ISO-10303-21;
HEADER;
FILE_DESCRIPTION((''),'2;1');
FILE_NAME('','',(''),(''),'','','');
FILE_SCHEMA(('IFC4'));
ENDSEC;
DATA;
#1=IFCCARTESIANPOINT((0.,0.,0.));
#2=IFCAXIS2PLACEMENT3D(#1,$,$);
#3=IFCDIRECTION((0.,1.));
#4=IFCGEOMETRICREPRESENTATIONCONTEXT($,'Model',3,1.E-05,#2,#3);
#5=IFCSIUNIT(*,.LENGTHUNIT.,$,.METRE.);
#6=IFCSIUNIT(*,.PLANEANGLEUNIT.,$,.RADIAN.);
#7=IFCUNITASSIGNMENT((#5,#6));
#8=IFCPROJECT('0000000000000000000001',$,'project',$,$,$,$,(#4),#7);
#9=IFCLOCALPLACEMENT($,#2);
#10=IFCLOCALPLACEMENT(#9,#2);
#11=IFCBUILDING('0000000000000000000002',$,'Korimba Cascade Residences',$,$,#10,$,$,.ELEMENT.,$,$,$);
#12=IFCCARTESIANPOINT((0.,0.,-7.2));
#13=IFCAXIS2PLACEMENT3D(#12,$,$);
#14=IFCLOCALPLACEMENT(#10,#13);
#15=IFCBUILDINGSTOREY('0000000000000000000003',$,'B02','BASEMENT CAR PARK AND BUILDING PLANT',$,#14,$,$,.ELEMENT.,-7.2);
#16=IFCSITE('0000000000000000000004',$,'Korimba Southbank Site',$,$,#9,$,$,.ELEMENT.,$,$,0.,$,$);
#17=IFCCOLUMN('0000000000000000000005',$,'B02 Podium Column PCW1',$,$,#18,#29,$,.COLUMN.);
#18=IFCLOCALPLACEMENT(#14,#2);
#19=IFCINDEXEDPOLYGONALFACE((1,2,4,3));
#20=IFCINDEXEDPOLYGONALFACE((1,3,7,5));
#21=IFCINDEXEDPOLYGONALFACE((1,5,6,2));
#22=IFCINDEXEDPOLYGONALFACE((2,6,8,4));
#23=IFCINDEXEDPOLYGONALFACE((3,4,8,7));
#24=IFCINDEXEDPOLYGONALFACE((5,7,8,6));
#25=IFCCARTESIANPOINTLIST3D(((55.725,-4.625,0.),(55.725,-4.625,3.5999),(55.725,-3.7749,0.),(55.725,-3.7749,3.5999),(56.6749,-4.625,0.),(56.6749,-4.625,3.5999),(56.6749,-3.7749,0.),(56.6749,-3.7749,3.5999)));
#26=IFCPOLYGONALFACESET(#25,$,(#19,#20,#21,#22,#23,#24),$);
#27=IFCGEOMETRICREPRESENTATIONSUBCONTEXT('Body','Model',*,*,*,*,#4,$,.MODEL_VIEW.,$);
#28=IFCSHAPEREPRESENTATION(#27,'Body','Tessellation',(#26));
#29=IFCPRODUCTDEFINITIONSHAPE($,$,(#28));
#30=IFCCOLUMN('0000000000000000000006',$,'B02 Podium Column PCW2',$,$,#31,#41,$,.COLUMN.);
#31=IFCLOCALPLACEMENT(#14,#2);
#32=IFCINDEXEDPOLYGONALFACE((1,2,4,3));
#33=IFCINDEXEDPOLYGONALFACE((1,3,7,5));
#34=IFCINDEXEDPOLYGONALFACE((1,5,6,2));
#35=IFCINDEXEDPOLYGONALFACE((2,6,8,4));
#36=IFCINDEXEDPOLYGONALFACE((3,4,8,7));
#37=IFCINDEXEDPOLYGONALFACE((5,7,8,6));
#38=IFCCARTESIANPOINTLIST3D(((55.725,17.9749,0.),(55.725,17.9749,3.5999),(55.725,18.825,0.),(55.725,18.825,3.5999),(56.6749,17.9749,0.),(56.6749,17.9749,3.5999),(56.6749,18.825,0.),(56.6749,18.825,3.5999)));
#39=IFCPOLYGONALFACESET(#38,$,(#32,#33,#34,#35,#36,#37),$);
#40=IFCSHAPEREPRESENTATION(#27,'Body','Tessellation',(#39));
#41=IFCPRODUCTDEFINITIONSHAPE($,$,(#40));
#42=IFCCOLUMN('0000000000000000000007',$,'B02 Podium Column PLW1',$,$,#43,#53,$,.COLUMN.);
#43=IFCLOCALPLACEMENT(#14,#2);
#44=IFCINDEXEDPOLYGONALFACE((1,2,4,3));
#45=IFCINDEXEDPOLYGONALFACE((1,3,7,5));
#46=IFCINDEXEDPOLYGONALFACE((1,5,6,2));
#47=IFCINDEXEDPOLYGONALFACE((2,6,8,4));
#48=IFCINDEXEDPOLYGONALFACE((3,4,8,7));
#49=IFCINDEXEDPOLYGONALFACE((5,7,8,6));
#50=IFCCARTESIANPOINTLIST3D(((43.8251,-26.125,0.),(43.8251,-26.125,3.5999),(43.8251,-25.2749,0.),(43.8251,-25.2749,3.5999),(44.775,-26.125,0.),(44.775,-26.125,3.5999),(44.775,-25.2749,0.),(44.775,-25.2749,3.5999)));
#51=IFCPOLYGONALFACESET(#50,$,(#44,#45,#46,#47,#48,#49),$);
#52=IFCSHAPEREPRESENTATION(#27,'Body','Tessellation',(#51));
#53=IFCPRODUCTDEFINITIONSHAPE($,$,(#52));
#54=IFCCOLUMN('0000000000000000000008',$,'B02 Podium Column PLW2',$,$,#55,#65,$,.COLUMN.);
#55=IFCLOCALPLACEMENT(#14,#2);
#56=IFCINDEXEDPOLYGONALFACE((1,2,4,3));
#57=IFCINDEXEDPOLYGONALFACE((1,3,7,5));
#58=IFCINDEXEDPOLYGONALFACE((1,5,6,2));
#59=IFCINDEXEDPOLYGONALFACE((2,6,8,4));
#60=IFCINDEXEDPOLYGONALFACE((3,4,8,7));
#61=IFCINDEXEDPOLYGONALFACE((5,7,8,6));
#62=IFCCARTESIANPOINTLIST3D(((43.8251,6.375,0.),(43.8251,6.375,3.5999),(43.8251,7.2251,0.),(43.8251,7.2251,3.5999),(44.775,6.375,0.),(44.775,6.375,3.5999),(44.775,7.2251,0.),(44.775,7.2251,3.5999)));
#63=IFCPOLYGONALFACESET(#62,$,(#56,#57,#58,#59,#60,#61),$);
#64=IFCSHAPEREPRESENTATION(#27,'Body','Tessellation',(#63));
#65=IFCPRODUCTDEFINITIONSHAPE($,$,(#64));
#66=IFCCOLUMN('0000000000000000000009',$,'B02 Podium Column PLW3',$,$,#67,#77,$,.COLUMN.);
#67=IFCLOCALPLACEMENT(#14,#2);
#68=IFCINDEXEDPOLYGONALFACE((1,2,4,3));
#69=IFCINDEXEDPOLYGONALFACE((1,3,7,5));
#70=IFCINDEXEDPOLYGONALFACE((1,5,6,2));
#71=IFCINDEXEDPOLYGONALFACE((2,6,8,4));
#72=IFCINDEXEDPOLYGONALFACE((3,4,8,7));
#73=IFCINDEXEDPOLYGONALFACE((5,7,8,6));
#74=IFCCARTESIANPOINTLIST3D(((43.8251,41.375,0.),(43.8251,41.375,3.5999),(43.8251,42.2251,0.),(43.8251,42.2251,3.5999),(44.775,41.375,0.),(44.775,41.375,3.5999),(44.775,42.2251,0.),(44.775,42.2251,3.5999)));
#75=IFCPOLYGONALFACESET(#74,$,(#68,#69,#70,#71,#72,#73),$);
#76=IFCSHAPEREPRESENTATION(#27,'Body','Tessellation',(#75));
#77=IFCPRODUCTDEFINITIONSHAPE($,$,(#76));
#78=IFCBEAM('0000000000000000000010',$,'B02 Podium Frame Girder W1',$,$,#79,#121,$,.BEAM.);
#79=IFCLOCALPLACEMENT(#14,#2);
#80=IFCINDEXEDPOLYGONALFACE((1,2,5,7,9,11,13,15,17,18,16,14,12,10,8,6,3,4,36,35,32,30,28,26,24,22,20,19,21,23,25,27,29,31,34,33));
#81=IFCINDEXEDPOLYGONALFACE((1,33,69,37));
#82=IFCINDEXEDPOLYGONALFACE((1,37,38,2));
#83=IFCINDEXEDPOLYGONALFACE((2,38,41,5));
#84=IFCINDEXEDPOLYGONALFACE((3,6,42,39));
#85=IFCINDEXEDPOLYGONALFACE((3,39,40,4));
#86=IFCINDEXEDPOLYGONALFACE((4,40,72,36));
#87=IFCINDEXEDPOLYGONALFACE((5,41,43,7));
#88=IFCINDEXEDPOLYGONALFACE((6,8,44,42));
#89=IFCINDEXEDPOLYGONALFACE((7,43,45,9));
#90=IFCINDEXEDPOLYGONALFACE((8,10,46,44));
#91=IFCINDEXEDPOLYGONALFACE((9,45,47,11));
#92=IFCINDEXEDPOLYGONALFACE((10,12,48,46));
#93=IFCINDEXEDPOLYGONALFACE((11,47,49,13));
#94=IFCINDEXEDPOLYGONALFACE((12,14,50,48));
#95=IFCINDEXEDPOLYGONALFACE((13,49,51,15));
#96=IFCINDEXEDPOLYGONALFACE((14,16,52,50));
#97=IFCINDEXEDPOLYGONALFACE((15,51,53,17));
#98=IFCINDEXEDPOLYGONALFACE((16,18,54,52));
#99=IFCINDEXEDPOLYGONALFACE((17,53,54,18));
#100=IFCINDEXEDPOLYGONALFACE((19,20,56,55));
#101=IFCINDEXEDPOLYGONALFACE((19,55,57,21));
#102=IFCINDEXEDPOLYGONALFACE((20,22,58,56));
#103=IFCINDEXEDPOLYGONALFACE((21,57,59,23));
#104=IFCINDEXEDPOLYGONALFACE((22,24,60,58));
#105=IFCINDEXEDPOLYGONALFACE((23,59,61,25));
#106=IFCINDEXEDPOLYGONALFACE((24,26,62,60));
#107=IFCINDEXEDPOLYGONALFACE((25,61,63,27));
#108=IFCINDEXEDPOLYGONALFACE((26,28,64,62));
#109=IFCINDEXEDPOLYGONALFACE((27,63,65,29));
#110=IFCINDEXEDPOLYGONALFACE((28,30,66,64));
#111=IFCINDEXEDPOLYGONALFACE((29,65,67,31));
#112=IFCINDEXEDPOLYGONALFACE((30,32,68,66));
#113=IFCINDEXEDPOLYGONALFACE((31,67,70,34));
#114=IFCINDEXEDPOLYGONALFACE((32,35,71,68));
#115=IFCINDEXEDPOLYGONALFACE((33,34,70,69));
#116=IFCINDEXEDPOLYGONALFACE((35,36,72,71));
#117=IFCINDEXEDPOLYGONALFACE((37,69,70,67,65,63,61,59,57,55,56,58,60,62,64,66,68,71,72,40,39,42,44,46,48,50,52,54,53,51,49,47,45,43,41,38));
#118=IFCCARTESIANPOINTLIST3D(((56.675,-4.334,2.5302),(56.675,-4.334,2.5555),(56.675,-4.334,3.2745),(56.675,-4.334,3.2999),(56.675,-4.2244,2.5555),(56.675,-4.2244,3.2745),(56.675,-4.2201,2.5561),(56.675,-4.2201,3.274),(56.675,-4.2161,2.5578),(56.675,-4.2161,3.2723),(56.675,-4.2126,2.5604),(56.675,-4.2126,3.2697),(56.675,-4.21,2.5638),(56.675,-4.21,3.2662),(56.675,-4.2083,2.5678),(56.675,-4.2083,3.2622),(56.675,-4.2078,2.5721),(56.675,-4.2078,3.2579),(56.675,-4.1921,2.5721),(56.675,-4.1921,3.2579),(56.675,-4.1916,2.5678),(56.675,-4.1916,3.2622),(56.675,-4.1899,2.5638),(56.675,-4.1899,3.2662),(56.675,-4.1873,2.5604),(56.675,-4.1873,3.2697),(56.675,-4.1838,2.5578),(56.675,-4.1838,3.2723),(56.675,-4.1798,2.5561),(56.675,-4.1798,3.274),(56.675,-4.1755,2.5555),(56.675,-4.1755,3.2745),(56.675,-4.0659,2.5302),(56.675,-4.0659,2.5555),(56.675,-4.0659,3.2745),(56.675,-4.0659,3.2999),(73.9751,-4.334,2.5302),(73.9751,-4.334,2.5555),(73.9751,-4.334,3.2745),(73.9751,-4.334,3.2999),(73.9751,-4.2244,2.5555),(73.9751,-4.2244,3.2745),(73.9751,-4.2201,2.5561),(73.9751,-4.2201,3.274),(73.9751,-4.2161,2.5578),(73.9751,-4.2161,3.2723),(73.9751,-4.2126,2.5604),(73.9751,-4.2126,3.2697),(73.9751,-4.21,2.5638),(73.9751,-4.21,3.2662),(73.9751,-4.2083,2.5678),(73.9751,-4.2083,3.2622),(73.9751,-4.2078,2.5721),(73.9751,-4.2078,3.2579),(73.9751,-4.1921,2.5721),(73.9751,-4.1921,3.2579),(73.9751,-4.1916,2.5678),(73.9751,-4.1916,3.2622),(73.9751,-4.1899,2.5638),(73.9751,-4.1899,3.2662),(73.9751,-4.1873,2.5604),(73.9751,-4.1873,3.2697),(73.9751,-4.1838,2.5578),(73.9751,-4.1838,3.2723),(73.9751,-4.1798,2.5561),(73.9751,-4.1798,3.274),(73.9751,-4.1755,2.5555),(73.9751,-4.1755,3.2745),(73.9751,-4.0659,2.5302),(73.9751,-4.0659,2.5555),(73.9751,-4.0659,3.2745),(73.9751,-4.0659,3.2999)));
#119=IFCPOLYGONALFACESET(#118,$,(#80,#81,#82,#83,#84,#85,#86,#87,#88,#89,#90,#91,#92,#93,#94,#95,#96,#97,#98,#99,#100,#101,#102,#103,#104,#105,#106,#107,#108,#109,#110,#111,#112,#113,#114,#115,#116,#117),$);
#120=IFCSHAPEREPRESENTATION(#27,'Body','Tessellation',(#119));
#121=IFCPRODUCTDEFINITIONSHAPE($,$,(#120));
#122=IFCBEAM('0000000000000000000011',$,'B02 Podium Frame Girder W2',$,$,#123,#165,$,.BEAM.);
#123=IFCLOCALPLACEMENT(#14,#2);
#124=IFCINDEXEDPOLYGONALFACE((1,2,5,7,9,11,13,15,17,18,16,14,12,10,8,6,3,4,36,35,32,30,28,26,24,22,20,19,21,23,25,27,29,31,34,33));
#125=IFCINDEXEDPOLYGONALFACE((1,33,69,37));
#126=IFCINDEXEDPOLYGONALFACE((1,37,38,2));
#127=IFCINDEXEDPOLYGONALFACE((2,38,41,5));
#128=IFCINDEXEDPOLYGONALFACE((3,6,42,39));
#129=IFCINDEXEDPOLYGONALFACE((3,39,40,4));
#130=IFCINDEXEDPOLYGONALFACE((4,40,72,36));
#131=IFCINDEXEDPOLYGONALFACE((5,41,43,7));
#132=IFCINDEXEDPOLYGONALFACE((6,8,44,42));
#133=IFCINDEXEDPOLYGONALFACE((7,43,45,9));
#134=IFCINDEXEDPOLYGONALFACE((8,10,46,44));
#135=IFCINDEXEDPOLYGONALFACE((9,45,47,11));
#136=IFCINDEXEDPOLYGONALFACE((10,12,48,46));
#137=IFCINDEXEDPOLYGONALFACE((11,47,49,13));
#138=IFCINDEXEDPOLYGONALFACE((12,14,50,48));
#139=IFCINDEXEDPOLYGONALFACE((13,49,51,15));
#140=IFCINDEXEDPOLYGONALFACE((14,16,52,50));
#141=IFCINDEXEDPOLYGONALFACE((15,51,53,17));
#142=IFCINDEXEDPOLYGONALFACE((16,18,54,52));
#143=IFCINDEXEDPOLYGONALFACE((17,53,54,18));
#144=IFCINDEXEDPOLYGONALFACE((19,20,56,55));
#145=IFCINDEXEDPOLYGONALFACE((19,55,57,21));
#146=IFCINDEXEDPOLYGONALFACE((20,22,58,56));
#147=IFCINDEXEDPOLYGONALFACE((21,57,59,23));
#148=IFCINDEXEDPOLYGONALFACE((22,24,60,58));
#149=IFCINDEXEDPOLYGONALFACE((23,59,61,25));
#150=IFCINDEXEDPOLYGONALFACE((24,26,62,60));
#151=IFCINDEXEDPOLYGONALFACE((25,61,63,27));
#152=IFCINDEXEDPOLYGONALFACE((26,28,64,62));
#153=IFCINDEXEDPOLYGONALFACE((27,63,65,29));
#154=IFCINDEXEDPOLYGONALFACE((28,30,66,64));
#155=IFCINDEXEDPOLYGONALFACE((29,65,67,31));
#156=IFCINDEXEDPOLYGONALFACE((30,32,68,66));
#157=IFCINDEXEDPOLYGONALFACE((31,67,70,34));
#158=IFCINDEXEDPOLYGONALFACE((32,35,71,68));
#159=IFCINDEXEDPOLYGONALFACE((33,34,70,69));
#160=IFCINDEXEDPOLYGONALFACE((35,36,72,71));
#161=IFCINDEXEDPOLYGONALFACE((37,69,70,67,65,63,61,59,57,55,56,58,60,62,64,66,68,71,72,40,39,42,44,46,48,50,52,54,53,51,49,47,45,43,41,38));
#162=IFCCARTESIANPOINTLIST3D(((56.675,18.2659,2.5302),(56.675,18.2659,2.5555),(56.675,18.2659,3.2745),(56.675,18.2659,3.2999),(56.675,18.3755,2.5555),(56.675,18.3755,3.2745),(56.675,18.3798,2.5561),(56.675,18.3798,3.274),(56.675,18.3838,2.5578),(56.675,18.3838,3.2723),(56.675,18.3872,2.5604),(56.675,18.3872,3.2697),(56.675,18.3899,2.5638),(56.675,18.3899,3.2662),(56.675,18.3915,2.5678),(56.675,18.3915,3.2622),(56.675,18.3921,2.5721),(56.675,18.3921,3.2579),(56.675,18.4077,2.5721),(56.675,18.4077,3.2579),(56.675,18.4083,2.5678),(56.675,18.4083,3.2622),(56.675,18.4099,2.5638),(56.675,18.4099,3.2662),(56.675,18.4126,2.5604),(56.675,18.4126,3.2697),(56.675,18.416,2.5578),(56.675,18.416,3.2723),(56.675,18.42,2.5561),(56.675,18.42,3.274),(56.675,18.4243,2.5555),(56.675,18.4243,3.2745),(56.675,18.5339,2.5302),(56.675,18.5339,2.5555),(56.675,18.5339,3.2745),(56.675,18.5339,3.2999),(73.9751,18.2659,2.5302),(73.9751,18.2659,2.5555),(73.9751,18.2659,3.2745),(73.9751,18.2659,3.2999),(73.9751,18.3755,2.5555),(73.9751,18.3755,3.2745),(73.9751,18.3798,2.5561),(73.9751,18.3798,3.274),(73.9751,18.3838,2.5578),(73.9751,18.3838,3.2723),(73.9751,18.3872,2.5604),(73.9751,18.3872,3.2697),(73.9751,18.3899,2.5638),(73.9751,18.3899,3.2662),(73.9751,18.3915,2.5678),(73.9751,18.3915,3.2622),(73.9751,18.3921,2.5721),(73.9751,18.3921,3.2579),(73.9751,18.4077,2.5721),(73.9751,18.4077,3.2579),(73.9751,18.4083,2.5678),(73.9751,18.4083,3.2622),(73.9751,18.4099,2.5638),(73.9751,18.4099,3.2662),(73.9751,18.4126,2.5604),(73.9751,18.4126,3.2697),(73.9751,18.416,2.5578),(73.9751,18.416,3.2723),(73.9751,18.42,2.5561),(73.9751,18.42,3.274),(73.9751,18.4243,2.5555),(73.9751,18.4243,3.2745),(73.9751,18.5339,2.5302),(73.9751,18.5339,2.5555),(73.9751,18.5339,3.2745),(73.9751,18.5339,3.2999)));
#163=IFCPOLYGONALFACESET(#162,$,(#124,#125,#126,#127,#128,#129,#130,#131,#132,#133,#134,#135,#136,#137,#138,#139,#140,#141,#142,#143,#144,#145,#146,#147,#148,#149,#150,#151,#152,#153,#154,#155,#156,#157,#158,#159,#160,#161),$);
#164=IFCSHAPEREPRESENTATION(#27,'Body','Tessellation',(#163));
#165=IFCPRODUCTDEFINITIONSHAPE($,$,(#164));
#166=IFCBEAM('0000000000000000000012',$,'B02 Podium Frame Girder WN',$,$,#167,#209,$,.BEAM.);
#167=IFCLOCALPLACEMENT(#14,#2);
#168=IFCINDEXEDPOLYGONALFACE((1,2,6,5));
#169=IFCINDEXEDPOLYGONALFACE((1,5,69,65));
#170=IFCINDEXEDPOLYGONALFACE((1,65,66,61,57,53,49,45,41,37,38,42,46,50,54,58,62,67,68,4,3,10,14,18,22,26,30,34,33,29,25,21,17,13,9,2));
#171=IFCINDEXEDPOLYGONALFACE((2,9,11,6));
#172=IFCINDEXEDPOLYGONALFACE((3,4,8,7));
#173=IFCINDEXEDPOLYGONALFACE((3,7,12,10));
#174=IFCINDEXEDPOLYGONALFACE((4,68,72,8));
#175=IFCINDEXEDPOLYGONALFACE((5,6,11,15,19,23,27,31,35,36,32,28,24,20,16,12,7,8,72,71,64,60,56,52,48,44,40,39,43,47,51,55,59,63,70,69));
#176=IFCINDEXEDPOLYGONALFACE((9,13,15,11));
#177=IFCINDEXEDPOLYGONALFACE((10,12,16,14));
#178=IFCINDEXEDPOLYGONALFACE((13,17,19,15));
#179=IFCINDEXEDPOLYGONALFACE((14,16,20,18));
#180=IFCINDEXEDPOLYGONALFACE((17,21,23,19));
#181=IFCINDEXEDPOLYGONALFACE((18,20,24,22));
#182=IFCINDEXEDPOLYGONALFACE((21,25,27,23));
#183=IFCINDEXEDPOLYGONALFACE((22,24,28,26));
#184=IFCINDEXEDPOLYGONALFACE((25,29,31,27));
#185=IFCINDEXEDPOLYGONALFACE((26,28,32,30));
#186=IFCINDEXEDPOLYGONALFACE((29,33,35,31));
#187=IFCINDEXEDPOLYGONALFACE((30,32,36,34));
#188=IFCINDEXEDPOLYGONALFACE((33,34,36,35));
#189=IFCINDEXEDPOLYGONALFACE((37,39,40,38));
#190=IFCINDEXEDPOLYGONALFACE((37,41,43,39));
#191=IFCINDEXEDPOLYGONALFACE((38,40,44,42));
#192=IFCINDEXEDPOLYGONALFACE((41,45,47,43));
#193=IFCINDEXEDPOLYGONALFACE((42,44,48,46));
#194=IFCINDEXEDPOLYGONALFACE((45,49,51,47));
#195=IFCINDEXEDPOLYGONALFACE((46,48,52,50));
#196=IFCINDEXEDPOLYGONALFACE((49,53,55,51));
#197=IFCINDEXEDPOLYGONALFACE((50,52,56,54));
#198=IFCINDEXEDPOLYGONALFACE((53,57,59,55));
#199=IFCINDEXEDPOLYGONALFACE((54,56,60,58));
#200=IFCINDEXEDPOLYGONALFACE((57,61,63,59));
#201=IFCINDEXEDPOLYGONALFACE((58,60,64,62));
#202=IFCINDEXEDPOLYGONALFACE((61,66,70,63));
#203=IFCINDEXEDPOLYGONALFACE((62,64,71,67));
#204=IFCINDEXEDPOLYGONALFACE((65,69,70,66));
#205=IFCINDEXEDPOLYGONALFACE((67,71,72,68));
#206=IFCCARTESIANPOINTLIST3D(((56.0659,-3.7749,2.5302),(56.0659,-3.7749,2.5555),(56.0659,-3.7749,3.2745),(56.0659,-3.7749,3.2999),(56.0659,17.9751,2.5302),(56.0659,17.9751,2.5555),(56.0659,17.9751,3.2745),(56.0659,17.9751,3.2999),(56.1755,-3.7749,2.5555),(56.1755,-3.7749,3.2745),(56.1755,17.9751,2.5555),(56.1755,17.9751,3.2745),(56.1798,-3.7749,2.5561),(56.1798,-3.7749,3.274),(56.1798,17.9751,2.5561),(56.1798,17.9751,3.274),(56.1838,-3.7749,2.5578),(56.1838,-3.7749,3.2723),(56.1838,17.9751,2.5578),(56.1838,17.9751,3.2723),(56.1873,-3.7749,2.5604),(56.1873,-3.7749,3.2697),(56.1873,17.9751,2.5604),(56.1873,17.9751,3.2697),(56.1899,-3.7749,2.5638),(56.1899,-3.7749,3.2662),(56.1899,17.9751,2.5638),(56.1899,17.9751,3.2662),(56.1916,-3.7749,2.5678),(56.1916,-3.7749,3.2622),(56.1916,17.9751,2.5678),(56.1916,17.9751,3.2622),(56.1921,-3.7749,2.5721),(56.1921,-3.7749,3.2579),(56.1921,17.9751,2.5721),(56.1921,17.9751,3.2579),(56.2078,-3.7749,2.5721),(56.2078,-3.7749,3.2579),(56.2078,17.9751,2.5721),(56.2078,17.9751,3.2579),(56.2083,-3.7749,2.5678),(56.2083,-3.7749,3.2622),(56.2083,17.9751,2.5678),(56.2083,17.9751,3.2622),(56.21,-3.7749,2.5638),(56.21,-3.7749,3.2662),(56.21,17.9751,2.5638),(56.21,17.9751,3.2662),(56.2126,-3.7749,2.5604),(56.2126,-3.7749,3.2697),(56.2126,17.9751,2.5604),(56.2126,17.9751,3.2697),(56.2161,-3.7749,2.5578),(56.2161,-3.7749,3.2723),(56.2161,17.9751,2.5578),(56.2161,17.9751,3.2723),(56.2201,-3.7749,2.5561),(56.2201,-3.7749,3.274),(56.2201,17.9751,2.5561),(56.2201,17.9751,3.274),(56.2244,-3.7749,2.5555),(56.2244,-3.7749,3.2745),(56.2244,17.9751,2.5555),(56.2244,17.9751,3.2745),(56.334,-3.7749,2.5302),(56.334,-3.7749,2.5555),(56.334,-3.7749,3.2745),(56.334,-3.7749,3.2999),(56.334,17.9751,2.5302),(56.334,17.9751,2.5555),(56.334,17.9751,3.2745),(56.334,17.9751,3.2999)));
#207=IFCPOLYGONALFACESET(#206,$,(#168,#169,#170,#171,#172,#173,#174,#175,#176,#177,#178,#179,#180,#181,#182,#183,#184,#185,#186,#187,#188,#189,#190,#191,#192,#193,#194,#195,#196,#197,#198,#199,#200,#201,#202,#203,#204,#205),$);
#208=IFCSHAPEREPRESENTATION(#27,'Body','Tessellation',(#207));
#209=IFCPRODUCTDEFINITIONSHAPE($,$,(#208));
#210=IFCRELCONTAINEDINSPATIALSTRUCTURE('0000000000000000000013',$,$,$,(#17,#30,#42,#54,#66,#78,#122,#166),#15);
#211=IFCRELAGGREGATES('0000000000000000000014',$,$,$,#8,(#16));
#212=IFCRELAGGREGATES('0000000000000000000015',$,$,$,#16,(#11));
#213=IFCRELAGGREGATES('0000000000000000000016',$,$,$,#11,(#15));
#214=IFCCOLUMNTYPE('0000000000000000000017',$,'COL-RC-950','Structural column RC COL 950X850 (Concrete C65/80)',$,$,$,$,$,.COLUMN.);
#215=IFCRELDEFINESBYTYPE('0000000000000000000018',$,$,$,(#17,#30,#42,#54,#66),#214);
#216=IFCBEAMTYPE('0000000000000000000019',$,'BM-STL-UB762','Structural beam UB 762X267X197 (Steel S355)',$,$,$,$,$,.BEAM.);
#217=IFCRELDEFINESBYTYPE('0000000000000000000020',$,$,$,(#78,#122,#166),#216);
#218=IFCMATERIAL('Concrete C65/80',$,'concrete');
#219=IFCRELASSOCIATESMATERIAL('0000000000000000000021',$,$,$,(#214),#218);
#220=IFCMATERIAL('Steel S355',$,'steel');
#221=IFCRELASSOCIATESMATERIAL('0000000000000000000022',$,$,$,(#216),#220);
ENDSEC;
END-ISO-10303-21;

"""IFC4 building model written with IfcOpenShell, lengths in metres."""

from ifc_helpers import new_model, si_unit, direction, frame, origin, origin_2d, place, context, subcontext, project, spatial, rectangle, i_section, extrude, material, material_profile, profile_set, type_object, element, save


model = new_model("IFC4")

# Units and contexts
model_context = context("Model", 3, precision=1e-05, world=origin(), true_north=direction((0.0, 1.0)))
body_context = subcontext(model_context, "Body", "Model", "MODEL_VIEW")
ifc_project = project(units=[si_unit("LENGTHUNIT", "METRE"), si_unit("PLANEANGLEUNIT", "RADIAN")], contexts=[model_context])

# Site, building, storey
site_placement = place(None, origin())
site = spatial("IfcSite", under=ifc_project, at=site_placement, Name="Korimba Southbank Site", CompositionType="ELEMENT", RefElevation=0.0)
building_placement = place(site_placement, origin())
building = spatial("IfcBuilding", under=site, at=building_placement, Name="Korimba Cascade Residences", CompositionType="ELEMENT")
storey_placement = place(building_placement, frame((0.0, 0.0, -7.2)))
storey = spatial("IfcBuildingStorey", under=building, at=storey_placement, Name="B02", Description="BASEMENT CAR PARK AND BUILDING PLANT", CompositionType="ELEMENT", Elevation=-7.2)

# Columns
ifc_material_1 = material(Name="Concrete C65/80", Category="concrete")
ifc_material_profile_1 = material_profile(ifc_material_1, rectangle(XDim=0.95, YDim=0.8501, at=origin_2d()), Name="Concrete C65/80")
ifc_profile_set_1 = profile_set([ifc_material_profile_1], Name="Concrete C65/80")
column_type = type_object("IfcColumnType", Name="COL-RC-950", Description="Structural column RC COL 950X850 (Concrete C65/80)", PredefinedType="COLUMN", material=ifc_profile_set_1)
for number, where, z_axis, x_axis, name in (
    (1, (56.2, -4.2, 0.0), (0.0, 0.0, 1.0), (1.0, 0.0, 0.0), "B02 Podium Column PCW1"),
    (2, (56.2, 18.3999, 0.0), (0.0, 0.0, 1.0), (1.0, 0.0, 0.0), "B02 Podium Column PCW2"),
    (3, (44.3, -25.7, 0.0), (0.0, 0.0, 1.0), (1.0, 0.0, 0.0), "B02 Podium Column PLW1"),
    (4, (44.3, 6.8, 0.0), (0.0, 0.0, 1.0), (1.0, 0.0, 0.0), "B02 Podium Column PLW2"),
    (5, (44.3, 41.8, 0.0), (0.0, 0.0, 1.0), (1.0, 0.0, 0.0), "B02 Podium Column PLW3"),
):
    element("IfcColumn", number, at=place(storey_placement, frame(where, z_axis=z_axis, x_axis=x_axis)), inside=storey, type_object=column_type, Name=name, PredefinedType="COLUMN", context=body_context, shape_type="SweptSolid", body=[
        extrude(rectangle(XDim=0.95, YDim=0.8501, at=origin_2d()), origin(), (0.0, 0.0, 1.0), 3.5999),
    ])

# Beams
ifc_material_2 = material(Name="Steel S355", Category="steel")
ifc_material_profile_2 = material_profile(ifc_material_2, i_section(OverallWidth=0.2681, OverallDepth=0.7698, WebThickness=0.0156, FlangeThickness=0.0254, FilletRadius=0.0166, at=origin_2d()), Name="Steel S355")
ifc_profile_set_2 = profile_set([ifc_material_profile_2], Name="Steel S355")
beam_type = type_object("IfcBeamType", Name="BM-STL-UB762", Description="Structural beam UB 762X267X197 (Steel S355)", PredefinedType="BEAM", material=ifc_profile_set_2)
for number, where, z_axis, x_axis, name in (
    (6, (56.675, -4.2, 2.915), (1.0, 0.0, 0.0), (0.0, 1.0, 0.0), "B02 Podium Frame Girder W1"),
    (7, (56.675, 18.3999, 2.915), (1.0, 0.0, 0.0), (0.0, 1.0, 0.0), "B02 Podium Frame Girder W2"),
):
    element("IfcBeam", number, at=place(storey_placement, frame(where, z_axis=z_axis, x_axis=x_axis)), inside=storey, type_object=beam_type, Name=name, PredefinedType="BEAM", context=body_context, shape_type="SweptSolid", body=[
        extrude(i_section(OverallWidth=0.2681, OverallDepth=0.7698, WebThickness=0.0156, FlangeThickness=0.0254, FilletRadius=0.0166, at=origin_2d()), origin(), (0.0, 0.0, 1.0), 17.3),
    ])
beam_placement = place(storey_placement, frame((56.2, -3.7749, 2.915), z_axis=(0.0, 1.0, 0.0), x_axis=(-1.0, 0.0, 0.0)))
element("IfcBeam", 8, at=beam_placement, inside=storey, type_object=beam_type, Name="B02 Podium Frame Girder WN", PredefinedType="BEAM", context=body_context, shape_type="SweptSolid", body=[
    extrude(i_section(OverallWidth=0.2681, OverallDepth=0.7698, WebThickness=0.0156, FlangeThickness=0.0254, FilletRadius=0.0166, at=origin_2d()), origin(), (0.0, 0.0, 1.0), 21.75),
])

save(model, "model.ifc")
